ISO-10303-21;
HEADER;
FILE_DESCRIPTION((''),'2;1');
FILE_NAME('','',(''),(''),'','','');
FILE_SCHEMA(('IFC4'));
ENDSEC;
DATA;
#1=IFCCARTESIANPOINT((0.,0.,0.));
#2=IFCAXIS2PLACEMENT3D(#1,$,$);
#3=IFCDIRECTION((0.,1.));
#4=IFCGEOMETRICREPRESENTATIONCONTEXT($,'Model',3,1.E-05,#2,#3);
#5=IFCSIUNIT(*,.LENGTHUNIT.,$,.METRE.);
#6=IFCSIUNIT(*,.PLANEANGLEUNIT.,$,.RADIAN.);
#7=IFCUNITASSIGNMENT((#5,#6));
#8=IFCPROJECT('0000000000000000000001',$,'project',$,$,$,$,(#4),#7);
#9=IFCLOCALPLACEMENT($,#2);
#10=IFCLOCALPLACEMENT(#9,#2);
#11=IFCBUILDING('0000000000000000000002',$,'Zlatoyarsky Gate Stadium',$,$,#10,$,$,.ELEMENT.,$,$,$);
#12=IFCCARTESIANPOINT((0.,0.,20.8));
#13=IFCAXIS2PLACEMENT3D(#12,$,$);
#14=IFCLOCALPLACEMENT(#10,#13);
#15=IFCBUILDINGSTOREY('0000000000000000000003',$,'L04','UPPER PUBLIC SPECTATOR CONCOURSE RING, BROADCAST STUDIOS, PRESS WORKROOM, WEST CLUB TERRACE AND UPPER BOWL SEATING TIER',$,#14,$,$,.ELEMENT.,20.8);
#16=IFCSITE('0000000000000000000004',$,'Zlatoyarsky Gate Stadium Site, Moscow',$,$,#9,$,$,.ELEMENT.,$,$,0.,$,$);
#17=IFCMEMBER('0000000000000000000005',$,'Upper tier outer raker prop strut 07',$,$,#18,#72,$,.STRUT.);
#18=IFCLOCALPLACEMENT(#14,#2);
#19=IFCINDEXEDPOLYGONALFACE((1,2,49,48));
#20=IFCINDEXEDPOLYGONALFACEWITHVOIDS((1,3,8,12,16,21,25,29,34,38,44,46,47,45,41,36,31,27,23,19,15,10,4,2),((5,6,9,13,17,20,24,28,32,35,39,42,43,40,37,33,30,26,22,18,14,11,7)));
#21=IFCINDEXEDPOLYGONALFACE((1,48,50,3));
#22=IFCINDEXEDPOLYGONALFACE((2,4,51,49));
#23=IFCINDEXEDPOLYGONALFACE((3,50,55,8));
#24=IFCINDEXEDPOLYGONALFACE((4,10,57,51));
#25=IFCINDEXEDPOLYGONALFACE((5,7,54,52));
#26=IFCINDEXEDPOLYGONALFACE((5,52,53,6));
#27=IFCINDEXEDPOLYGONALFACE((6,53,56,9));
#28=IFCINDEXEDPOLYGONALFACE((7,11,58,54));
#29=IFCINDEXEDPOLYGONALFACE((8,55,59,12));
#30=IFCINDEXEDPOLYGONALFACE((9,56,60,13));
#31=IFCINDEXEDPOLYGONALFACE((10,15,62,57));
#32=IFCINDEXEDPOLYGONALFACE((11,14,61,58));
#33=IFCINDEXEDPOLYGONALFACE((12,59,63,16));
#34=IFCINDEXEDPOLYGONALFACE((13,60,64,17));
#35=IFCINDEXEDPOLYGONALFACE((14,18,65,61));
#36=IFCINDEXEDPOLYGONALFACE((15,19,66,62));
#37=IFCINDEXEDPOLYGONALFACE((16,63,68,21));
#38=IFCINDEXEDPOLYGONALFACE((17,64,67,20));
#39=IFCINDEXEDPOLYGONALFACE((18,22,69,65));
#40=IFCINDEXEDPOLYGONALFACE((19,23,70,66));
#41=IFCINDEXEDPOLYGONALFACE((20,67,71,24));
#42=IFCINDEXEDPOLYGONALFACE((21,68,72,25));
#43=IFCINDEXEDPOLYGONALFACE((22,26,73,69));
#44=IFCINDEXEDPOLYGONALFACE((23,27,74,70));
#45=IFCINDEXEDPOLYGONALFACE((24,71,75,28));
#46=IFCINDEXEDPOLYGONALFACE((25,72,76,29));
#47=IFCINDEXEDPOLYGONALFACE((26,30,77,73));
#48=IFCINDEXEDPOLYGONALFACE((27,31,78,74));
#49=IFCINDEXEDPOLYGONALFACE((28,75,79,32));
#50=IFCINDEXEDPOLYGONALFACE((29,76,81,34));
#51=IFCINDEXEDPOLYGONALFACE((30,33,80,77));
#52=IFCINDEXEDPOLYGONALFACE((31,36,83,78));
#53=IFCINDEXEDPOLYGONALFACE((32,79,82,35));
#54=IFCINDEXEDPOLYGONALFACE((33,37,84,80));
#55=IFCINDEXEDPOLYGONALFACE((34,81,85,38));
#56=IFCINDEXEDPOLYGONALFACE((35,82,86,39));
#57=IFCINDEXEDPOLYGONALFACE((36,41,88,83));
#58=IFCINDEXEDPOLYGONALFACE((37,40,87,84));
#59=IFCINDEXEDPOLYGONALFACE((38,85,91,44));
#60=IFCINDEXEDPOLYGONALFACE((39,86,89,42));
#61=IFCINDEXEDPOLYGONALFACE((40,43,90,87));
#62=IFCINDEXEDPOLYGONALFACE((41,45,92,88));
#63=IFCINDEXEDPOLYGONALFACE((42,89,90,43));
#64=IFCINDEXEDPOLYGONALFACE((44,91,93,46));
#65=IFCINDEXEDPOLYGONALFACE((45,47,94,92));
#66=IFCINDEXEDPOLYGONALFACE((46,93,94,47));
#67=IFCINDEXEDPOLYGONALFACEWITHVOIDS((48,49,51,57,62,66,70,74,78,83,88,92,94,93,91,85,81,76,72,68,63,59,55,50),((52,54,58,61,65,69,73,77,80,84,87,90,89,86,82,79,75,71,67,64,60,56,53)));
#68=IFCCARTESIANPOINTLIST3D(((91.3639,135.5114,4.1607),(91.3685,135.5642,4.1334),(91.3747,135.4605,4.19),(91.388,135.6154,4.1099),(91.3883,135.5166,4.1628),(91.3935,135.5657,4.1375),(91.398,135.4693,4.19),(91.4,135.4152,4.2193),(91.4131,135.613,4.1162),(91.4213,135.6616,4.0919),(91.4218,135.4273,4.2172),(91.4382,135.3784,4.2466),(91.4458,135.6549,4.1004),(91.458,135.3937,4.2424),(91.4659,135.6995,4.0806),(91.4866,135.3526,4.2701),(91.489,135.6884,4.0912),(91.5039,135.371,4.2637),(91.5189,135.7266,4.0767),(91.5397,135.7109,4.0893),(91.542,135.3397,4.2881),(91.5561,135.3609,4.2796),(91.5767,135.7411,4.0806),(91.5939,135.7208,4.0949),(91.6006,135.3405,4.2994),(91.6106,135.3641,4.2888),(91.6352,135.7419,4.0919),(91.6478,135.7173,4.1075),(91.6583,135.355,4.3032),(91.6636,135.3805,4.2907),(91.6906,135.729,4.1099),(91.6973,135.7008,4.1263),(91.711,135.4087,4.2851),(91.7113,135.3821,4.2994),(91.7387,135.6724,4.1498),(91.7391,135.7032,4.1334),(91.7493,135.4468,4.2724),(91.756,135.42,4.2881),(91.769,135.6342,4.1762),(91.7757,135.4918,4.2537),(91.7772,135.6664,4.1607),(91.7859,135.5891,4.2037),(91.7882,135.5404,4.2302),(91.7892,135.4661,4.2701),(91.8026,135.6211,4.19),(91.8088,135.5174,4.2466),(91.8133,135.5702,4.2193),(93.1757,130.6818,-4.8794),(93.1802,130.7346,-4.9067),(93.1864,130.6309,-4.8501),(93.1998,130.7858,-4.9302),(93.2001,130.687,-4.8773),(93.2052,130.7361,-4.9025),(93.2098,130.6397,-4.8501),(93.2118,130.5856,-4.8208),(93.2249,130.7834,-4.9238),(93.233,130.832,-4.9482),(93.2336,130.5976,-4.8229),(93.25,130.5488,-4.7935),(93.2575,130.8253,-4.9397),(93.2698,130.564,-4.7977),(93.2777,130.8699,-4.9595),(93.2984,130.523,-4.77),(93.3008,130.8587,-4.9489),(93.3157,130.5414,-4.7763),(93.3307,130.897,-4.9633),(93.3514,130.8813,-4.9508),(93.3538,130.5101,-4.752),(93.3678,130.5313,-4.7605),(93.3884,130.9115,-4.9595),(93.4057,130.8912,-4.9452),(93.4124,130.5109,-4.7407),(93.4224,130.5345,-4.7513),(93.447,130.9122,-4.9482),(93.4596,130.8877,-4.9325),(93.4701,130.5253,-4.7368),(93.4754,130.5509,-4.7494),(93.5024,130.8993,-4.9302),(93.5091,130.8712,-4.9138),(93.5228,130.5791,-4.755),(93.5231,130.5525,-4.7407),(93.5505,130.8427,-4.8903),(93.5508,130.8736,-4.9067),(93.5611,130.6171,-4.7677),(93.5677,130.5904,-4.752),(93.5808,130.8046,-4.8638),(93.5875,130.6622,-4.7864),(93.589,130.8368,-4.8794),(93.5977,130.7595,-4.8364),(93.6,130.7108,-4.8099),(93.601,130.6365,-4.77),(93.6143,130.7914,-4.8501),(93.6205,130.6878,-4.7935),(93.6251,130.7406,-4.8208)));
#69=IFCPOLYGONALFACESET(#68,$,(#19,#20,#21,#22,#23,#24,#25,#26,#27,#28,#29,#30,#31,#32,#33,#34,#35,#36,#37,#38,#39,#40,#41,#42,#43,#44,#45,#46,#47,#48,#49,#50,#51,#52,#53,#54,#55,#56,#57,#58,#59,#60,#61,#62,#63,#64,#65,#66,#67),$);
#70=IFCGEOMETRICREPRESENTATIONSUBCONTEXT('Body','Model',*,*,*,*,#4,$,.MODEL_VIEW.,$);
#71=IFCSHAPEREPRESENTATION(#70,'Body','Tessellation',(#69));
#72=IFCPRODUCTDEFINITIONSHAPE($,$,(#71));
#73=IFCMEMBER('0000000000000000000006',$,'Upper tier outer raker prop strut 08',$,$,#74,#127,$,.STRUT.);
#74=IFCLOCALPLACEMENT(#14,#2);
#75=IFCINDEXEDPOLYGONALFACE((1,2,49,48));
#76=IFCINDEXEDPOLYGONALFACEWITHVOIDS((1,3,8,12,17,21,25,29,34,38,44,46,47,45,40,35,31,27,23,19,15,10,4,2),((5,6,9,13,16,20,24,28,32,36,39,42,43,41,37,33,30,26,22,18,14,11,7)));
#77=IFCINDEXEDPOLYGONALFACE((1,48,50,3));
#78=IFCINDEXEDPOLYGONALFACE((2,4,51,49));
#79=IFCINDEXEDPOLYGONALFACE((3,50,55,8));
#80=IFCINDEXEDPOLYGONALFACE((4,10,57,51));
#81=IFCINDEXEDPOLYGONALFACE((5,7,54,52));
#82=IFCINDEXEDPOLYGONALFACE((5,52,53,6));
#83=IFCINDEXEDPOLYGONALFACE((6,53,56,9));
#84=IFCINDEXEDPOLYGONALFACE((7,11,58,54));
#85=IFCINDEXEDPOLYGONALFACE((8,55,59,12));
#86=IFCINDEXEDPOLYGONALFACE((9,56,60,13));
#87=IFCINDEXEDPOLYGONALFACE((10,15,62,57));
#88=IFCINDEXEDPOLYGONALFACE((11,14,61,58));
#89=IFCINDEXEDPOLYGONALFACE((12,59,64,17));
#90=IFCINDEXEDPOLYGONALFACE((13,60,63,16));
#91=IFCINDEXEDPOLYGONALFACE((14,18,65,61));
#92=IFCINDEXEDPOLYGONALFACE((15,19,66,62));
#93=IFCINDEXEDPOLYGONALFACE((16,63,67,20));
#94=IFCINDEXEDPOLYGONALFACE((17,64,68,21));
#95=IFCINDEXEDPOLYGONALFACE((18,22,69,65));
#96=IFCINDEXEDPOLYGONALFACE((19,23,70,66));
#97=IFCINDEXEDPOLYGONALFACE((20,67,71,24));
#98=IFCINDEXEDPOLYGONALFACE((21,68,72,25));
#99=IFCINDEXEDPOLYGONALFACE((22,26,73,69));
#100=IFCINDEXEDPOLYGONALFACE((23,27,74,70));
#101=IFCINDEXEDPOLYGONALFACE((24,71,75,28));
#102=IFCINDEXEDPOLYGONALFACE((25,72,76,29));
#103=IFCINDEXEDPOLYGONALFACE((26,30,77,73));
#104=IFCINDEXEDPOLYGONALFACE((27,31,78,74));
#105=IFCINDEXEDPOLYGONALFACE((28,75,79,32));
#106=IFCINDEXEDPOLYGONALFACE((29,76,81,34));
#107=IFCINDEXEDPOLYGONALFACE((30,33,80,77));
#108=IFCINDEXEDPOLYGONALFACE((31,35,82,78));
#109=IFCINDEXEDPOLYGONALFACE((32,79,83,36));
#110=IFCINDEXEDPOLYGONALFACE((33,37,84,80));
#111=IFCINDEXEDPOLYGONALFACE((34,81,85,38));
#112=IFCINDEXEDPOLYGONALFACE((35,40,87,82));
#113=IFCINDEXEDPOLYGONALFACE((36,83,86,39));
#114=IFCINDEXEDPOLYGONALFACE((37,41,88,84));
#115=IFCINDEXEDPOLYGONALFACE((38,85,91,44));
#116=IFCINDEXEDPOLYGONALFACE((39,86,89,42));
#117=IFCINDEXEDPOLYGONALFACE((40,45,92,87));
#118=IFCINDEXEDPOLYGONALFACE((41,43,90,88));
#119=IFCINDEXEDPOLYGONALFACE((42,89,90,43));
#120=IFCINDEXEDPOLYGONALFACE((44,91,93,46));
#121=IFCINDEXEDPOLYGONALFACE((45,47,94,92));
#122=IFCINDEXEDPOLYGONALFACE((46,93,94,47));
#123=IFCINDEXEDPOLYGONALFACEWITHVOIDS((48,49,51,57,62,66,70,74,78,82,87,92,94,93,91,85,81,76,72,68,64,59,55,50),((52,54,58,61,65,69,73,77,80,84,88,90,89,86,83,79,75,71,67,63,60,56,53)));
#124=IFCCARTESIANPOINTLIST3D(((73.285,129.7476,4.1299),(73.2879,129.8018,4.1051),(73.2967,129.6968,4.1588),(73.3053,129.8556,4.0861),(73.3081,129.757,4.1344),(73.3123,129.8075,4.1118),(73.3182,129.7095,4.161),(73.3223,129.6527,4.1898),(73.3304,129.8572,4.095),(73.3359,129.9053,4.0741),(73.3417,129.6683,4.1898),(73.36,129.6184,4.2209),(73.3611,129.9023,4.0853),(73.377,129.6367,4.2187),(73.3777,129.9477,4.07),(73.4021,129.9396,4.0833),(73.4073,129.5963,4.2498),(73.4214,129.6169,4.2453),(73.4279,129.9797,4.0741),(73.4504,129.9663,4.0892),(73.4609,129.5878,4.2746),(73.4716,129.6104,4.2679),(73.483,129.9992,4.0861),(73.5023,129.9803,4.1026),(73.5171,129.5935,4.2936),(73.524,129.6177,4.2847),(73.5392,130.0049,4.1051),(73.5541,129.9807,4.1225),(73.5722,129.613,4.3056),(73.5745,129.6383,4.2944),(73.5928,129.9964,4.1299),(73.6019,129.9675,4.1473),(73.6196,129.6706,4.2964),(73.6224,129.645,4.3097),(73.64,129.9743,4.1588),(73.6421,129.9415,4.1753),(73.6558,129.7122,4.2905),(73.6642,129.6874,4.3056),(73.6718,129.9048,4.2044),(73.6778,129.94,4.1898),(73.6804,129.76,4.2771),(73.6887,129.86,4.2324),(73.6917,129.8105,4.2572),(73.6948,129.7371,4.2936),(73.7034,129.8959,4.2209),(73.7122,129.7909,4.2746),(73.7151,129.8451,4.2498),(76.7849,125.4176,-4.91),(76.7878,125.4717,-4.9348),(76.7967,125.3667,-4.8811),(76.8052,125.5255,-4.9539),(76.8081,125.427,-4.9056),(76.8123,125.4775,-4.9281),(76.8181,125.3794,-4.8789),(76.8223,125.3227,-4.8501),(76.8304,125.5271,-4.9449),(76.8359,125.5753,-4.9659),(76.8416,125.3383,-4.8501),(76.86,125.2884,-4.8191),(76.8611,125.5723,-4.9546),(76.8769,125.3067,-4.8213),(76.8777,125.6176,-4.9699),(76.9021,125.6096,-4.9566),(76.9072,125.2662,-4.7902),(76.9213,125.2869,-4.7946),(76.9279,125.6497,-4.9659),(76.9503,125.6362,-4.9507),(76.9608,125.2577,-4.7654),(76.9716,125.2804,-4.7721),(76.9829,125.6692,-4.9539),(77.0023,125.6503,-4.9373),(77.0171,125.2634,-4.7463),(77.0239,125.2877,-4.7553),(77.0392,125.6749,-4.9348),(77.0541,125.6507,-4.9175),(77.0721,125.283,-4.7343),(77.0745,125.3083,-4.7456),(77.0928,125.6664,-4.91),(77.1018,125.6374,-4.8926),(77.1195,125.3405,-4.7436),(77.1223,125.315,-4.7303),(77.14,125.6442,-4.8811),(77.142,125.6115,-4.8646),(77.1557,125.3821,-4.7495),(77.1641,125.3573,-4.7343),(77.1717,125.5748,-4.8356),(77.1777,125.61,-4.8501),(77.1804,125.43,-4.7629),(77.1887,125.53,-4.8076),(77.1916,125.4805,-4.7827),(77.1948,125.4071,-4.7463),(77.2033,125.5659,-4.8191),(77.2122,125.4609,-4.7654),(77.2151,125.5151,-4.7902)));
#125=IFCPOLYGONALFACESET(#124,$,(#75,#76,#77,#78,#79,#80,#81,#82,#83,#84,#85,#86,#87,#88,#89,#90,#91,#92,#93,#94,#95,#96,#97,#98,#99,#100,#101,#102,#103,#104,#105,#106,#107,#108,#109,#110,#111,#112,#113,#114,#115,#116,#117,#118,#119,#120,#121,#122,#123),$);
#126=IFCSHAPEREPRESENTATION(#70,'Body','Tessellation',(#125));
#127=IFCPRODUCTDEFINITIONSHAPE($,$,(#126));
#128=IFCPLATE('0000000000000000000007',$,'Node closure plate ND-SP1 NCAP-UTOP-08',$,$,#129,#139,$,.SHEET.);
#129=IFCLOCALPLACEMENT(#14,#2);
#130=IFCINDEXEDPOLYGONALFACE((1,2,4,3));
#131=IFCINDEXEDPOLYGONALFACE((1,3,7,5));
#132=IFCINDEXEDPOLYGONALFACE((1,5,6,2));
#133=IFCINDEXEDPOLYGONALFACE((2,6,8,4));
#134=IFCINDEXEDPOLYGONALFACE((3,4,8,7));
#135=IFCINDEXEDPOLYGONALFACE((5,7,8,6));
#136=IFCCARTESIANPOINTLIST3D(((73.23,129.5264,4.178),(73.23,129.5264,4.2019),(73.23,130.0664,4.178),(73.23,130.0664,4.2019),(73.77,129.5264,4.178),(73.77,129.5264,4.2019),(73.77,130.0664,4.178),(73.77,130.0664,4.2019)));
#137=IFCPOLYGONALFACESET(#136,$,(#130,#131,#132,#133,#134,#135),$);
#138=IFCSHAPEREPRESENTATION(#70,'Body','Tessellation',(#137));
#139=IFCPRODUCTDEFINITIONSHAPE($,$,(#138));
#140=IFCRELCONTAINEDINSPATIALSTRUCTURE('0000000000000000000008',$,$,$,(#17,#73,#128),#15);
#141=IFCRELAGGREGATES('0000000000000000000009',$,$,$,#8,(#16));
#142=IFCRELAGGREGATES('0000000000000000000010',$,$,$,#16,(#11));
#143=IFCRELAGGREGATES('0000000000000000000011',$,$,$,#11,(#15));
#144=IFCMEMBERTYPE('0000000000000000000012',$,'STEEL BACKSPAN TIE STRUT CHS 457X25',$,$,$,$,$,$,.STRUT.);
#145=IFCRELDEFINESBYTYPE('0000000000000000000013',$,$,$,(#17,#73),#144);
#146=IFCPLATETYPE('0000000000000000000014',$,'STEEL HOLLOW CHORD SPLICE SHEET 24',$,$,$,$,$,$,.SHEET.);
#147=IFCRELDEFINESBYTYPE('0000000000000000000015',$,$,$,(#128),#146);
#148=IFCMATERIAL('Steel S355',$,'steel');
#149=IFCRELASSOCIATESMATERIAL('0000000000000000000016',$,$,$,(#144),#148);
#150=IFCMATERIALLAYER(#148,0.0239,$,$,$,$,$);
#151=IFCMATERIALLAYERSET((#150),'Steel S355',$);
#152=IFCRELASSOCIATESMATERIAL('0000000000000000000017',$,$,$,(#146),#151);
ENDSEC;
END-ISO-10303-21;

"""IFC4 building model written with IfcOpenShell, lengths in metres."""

from ifc_helpers import new_model, si_unit, direction, frame, origin, origin_2d, place, context, subcontext, project, spatial, rectangle, hollow_circle, extrude, material, layer, layer_set, material_profile, profile_set, type_object, element, save


model = new_model("IFC4")

# Units and contexts
model_context = context("Model", 3, precision=1e-05, world=origin(), true_north=direction((0.0, 1.0)))
body_context = subcontext(model_context, "Body", "Model", "MODEL_VIEW")
ifc_project = project(units=[si_unit("LENGTHUNIT", "METRE"), si_unit("PLANEANGLEUNIT", "RADIAN")], contexts=[model_context])

# Site, building, storey
site_placement = place(None, origin())
site = spatial("IfcSite", under=ifc_project, at=site_placement, Name="Zlatoyarsky Gate Stadium Site, Moscow", CompositionType="ELEMENT", RefElevation=0.0)
building_placement = place(site_placement, origin())
building = spatial("IfcBuilding", under=site, at=building_placement, Name="Zlatoyarsky Gate Stadium", CompositionType="ELEMENT")
storey_placement = place(building_placement, frame((0.0, 0.0, 20.8)))
storey = spatial("IfcBuildingStorey", under=building, at=storey_placement, Name="L04", Description="UPPER PUBLIC SPECTATOR CONCOURSE RING, BROADCAST STUDIOS, PRESS WORKROOM, WEST CLUB TERRACE AND UPPER BOWL SEATING TIER", CompositionType="ELEMENT", Elevation=20.8)

# Members
ifc_material_1 = material(Name="Steel S355", Category="steel")
ifc_material_profile_1 = material_profile(ifc_material_1, hollow_circle(Radius=0.2285, WallThickness=0.0249, at=origin_2d()), Name="CHS 457X25")
ifc_profile_set_1 = profile_set([ifc_material_profile_1], Name="Steel S355")
member_type = type_object("IfcMemberType", Name="STEEL BACKSPAN TIE STRUT CHS 457X25", PredefinedType="STRUT", material=ifc_profile_set_1)
member_1_placement = place(storey_placement, frame((93.4004, 130.7112, -4.8501), z_axis=(-0.174072, 0.46402, 0.868553), x_axis=(-0.936286, -0.351238, 0.0)))
element("IfcMember", 1, at=member_1_placement, inside=storey, type_object=member_type, Name="Upper tier outer raker prop strut 07", PredefinedType="STRUT", context=body_context, shape_type="SweptSolid", body=[
    extrude(hollow_circle(Radius=0.2285, WallThickness=0.0249, at=origin_2d()), origin(), (0.0, 0.0, 1.0), 10.4082),
])
member_2_placement = place(storey_placement, frame((77.0, 125.4663, -4.8501), z_axis=(-0.329658, 0.407842, 0.851464), x_axis=(-0.77771, -0.628623, 0.0)))
element("IfcMember", 2, at=member_2_placement, inside=storey, type_object=member_type, Name="Upper tier outer raker prop strut 08", PredefinedType="STRUT", context=body_context, shape_type="SweptSolid", body=[
    extrude(hollow_circle(Radius=0.2285, WallThickness=0.0249, at=origin_2d()), origin(), (0.0, 0.0, 1.0), 10.6169),
])

# Plate
ifc_layer = layer(ifc_material_1, 0.0239)
ifc_layer_set = layer_set([ifc_layer], Name="Steel S355")
plate_type = type_object("IfcPlateType", Name="STEEL HOLLOW CHORD SPLICE SHEET 24", PredefinedType="SHEET", material=ifc_layer_set)
plate_placement = place(storey_placement, frame((73.5, 129.7964, 4.178), z_axis=(0.0, 0.0, 1.0), x_axis=(1.0, 0.0, 0.0)))
element("IfcPlate", 3, at=plate_placement, inside=storey, type_object=plate_type, Name="Node closure plate ND-SP1 NCAP-UTOP-08", PredefinedType="SHEET", context=body_context, shape_type="SweptSolid", body=[
    extrude(rectangle(XDim=0.54, YDim=0.54, at=origin_2d()), origin(), (0.0, 0.0, 1.0), 0.0239),
])

save(model, "model.ifc")
